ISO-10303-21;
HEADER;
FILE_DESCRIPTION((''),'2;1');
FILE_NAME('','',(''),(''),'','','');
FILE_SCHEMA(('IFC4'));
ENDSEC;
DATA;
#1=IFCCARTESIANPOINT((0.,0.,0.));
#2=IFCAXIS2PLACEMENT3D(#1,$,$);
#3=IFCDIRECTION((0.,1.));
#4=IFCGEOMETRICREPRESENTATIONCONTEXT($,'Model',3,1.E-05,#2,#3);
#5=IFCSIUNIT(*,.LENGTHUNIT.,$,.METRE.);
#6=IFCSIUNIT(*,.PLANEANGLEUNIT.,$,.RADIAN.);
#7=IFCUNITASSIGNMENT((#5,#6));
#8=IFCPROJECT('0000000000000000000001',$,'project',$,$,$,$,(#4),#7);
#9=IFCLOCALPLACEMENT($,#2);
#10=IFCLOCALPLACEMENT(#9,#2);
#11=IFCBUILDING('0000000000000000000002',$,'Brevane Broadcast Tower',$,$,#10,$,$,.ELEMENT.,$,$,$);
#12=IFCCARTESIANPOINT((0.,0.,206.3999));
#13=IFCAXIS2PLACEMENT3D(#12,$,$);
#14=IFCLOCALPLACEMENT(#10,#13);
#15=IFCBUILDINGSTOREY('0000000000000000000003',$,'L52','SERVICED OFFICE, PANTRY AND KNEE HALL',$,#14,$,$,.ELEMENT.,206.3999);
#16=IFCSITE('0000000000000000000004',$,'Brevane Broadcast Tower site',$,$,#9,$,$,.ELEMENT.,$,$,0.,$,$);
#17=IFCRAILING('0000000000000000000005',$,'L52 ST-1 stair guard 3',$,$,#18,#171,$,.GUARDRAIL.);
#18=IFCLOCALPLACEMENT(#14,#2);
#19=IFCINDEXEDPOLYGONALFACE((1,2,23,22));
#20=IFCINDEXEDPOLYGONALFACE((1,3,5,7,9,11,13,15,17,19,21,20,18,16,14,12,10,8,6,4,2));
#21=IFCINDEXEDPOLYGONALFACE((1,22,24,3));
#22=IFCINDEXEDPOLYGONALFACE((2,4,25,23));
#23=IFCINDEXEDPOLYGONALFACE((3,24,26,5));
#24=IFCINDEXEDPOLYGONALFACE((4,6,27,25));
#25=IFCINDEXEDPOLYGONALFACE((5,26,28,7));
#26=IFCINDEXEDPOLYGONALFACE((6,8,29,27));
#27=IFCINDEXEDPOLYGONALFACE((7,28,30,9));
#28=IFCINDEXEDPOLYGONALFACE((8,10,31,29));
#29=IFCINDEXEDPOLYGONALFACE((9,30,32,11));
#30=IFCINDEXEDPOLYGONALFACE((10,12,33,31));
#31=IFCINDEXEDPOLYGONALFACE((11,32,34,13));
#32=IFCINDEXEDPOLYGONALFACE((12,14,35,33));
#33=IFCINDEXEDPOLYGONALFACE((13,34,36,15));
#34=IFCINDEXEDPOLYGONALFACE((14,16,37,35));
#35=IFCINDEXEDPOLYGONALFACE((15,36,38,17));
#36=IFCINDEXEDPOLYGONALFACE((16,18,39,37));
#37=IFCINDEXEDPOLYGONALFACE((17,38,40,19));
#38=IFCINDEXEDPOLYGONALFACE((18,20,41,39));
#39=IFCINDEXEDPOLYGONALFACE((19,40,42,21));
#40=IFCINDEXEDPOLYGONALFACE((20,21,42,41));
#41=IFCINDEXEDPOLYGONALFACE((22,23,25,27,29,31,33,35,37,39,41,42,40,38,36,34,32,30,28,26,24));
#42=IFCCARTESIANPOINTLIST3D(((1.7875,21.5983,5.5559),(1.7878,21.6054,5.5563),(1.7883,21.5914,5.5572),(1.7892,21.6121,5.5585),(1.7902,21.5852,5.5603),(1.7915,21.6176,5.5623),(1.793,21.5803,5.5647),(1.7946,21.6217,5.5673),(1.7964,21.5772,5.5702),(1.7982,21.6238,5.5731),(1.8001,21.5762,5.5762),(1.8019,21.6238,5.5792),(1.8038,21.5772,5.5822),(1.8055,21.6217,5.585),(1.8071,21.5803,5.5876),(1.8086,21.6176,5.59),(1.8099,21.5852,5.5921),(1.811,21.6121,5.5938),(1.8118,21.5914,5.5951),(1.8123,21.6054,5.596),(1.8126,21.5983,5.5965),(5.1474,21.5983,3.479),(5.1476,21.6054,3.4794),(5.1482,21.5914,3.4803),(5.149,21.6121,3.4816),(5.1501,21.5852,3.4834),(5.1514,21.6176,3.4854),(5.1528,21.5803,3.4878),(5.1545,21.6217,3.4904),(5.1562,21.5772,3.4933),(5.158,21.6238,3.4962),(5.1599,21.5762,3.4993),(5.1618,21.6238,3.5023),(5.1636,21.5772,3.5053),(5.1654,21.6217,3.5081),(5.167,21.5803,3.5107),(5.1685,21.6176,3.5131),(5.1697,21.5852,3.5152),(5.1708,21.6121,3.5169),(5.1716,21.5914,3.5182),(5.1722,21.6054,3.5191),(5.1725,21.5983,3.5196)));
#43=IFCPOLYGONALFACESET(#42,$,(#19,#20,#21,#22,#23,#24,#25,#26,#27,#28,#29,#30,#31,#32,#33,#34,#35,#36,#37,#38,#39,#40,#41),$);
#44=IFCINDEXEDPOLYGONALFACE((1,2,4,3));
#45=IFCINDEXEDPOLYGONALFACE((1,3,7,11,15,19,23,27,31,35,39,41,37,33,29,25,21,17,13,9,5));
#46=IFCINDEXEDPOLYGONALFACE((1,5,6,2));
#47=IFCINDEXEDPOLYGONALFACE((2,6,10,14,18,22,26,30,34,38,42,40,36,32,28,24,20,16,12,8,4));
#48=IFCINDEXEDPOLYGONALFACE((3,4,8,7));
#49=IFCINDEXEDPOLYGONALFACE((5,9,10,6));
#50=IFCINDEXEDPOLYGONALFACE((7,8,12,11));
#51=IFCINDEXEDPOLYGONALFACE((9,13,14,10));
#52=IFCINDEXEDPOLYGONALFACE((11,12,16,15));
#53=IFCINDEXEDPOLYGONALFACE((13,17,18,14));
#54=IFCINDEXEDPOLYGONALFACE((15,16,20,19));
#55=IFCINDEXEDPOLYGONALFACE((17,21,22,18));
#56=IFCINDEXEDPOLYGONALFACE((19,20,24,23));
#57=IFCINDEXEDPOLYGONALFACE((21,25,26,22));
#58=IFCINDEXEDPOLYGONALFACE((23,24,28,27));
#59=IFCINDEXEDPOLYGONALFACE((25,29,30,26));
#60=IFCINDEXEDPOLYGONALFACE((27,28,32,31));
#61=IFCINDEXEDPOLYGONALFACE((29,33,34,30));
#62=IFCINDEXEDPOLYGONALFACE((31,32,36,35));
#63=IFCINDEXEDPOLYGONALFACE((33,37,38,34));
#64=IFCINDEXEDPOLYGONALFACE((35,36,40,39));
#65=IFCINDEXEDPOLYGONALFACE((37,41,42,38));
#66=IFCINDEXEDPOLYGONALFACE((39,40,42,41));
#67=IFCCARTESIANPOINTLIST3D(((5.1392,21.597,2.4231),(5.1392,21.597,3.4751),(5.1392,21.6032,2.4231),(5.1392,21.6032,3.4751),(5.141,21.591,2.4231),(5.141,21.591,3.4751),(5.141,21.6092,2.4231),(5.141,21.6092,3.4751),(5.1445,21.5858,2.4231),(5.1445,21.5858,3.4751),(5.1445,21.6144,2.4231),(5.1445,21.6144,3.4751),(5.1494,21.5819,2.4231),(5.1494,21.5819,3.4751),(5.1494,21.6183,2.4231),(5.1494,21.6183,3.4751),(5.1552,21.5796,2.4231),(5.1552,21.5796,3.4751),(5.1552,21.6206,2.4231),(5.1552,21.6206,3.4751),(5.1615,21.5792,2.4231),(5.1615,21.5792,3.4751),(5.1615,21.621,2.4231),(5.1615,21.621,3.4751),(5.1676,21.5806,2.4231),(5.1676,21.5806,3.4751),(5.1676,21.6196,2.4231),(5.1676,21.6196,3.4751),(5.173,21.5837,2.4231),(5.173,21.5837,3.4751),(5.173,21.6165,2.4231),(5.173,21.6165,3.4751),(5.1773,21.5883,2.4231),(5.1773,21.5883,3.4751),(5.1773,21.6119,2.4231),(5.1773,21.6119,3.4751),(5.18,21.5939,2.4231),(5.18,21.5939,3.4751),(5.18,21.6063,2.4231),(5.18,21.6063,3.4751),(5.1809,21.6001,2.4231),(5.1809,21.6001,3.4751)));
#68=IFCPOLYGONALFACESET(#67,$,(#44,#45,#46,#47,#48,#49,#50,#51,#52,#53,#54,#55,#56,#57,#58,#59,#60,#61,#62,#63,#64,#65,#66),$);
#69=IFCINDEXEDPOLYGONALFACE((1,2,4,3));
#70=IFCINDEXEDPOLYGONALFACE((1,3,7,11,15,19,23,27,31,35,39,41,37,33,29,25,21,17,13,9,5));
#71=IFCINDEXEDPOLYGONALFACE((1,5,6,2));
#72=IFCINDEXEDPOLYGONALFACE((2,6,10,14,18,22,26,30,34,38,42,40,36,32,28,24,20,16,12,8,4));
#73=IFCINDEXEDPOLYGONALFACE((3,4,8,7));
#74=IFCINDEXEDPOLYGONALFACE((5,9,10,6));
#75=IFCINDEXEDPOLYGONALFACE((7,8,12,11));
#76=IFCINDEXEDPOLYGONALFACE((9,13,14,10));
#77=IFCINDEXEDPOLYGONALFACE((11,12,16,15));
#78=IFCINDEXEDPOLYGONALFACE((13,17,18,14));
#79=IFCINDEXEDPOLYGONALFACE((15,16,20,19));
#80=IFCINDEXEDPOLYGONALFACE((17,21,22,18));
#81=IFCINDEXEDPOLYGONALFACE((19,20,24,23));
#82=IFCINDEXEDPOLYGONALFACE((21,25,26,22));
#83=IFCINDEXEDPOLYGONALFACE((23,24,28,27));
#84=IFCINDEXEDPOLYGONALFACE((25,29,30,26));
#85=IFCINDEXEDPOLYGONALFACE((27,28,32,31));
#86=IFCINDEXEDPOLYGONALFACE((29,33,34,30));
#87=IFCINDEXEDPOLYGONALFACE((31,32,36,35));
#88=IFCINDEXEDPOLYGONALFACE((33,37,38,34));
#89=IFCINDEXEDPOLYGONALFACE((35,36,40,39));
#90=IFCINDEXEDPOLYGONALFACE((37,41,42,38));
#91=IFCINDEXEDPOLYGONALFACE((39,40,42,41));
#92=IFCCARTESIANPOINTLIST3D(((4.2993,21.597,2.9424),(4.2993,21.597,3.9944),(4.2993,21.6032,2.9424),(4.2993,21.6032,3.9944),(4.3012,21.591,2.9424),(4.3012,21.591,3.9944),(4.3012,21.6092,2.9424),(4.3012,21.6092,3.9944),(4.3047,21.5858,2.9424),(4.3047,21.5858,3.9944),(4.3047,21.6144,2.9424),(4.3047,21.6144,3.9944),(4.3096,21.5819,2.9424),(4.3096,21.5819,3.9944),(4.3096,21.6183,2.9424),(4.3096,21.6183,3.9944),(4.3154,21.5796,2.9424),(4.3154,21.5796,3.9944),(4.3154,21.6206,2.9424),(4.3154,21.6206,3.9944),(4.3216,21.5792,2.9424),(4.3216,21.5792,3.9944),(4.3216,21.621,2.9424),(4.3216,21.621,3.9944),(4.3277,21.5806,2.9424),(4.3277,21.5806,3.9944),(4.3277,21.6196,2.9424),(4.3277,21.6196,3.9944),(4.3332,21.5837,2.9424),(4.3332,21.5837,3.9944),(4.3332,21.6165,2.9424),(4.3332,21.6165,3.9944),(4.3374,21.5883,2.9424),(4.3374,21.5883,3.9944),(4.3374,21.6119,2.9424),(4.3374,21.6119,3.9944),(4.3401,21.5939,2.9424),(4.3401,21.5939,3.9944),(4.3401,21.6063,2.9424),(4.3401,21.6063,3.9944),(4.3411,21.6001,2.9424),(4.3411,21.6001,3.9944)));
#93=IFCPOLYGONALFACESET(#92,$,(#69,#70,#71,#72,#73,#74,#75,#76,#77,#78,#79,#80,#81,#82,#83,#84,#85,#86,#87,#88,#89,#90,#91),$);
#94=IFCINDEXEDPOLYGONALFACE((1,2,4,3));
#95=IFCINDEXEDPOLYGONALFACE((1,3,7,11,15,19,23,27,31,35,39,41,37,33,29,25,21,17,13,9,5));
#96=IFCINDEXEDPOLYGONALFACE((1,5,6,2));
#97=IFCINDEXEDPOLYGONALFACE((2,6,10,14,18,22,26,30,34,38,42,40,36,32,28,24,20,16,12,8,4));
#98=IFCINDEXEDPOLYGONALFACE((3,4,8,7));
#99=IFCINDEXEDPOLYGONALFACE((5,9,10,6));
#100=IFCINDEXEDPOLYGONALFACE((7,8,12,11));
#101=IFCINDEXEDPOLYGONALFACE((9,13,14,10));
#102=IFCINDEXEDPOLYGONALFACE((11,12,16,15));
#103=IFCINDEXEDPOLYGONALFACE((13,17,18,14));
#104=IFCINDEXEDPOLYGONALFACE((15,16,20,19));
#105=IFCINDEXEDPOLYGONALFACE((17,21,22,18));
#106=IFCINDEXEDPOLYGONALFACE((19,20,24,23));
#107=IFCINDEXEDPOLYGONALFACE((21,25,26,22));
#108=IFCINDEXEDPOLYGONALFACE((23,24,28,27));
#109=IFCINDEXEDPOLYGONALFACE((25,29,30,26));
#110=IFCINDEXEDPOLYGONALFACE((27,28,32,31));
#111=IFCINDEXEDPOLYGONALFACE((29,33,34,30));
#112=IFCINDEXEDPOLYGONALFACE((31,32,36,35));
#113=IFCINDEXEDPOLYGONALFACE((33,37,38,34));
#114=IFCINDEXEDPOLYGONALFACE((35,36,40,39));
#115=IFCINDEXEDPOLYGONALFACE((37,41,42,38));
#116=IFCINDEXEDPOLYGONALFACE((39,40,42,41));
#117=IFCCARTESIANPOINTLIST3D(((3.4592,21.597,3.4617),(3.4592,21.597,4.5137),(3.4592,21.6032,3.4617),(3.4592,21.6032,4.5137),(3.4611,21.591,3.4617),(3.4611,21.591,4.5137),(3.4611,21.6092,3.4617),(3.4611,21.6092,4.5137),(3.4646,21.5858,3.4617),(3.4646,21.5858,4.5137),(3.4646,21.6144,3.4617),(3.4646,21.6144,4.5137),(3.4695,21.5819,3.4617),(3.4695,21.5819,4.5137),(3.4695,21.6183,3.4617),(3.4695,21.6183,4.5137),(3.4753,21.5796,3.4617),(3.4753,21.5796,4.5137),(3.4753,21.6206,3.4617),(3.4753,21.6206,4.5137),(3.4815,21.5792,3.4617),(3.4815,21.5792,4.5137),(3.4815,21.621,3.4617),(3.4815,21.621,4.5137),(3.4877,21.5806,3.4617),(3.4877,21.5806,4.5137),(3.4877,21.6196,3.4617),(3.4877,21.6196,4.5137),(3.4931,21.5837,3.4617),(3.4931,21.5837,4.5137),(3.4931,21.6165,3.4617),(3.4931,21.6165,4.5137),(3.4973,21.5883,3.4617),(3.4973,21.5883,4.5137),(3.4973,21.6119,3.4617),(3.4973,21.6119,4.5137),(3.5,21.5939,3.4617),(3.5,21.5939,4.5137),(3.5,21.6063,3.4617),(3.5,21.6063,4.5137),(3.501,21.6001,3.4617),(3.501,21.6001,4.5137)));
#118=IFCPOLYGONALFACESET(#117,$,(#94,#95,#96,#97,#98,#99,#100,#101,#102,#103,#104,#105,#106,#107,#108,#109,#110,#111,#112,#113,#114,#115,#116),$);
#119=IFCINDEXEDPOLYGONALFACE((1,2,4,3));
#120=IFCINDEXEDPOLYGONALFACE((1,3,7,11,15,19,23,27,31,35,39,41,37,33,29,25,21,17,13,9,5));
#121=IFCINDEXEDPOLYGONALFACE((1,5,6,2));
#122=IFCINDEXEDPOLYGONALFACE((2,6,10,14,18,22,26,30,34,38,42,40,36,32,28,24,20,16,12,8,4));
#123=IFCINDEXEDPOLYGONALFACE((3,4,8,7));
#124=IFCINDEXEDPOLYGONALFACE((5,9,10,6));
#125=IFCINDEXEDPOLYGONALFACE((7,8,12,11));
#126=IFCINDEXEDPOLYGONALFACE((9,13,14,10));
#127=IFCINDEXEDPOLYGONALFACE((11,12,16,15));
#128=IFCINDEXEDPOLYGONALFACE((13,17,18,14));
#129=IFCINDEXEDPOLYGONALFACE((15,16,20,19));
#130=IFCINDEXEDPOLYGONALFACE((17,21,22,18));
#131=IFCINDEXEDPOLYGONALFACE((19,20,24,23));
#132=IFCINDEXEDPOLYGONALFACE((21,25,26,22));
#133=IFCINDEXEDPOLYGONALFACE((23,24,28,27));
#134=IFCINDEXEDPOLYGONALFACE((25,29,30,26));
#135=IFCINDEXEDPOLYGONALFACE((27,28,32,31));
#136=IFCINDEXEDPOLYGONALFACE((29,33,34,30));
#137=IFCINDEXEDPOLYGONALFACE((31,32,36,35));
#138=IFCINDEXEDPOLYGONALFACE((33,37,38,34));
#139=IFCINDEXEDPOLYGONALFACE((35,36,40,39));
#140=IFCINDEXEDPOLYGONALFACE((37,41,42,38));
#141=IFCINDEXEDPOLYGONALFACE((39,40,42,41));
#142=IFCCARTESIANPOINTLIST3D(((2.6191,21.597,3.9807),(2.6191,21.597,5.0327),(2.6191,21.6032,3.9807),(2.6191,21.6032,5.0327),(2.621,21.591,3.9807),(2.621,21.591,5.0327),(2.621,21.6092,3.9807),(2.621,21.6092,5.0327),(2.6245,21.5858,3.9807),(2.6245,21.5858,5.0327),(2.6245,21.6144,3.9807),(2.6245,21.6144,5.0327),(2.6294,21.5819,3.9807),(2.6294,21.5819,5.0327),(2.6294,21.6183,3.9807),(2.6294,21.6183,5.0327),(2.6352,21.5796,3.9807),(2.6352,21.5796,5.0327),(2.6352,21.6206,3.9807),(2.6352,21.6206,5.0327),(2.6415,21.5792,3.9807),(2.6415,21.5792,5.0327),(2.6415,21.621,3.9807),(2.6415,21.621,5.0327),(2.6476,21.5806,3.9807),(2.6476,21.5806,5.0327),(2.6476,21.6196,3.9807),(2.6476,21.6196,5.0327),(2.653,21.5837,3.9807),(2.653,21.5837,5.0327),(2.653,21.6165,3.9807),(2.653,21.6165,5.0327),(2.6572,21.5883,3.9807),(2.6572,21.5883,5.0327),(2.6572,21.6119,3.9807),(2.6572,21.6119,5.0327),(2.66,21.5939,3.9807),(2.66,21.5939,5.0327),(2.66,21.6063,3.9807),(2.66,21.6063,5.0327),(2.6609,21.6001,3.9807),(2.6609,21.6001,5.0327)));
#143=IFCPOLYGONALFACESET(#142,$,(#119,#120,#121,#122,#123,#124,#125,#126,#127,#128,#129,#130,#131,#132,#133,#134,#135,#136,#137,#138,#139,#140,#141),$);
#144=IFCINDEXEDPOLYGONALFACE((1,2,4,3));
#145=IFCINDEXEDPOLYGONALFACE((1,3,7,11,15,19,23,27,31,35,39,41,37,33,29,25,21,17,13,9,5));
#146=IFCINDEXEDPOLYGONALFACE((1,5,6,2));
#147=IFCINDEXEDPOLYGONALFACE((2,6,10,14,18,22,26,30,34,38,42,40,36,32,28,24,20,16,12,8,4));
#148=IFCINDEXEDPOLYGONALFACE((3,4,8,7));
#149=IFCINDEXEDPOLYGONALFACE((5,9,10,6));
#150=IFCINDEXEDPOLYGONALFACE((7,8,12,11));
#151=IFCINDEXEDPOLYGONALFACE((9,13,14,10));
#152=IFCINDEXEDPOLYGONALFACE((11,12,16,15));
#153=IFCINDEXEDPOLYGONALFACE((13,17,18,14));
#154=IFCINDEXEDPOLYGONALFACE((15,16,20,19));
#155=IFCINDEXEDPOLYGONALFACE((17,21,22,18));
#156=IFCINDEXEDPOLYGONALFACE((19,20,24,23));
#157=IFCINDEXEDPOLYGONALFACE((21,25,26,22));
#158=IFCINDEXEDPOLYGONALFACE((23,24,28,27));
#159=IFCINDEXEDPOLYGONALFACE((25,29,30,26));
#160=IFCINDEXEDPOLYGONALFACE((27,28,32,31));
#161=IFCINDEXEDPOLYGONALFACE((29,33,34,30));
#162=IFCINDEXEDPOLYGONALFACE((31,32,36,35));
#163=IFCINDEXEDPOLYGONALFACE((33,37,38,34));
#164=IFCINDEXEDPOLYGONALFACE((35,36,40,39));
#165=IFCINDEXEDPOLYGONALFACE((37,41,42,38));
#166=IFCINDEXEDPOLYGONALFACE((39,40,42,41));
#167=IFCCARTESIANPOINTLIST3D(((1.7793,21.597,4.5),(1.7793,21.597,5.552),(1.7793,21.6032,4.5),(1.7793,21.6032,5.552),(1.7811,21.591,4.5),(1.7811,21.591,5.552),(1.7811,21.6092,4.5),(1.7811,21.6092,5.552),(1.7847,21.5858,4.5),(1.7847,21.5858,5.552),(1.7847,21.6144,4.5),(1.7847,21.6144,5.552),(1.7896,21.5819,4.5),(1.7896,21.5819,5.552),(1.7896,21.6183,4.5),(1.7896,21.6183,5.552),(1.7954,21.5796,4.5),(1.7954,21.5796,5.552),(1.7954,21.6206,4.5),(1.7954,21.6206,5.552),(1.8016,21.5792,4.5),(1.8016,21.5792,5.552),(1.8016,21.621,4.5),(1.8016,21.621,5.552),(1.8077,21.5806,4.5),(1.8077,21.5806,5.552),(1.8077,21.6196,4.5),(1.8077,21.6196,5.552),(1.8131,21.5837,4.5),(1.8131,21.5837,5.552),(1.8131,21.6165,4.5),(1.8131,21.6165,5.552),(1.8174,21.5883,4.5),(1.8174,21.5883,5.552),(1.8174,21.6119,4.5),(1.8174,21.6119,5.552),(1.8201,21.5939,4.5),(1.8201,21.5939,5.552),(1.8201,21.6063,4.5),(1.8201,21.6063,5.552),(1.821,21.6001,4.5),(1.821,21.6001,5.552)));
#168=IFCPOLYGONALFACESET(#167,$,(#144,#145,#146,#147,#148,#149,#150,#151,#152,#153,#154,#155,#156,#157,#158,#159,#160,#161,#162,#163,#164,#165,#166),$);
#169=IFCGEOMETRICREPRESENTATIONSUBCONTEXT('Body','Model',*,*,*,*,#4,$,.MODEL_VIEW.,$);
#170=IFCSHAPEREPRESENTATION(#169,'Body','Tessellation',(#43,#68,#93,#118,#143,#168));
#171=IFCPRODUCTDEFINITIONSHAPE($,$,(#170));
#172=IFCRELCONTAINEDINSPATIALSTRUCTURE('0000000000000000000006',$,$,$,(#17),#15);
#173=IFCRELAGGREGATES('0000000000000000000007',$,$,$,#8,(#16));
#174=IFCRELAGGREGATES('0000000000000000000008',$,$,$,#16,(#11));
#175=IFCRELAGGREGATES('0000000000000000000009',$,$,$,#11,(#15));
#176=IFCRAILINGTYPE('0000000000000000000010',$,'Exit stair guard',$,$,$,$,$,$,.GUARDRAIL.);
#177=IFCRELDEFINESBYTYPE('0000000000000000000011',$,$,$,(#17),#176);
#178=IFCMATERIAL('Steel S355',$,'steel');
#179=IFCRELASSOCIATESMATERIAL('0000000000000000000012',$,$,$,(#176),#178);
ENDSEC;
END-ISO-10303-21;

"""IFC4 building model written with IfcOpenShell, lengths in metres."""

from ifc_helpers import new_model, si_unit, direction, frame, origin, origin_2d, place, context, subcontext, project, spatial, circle, extrude, material, type_object, element, save


model = new_model("IFC4")

# Units and contexts
model_context = context("Model", 3, precision=1e-05, world=origin(), true_north=direction((0.0, 1.0)))
body_context = subcontext(model_context, "Body", "Model", "MODEL_VIEW")
ifc_project = project(units=[si_unit("LENGTHUNIT", "METRE"), si_unit("PLANEANGLEUNIT", "RADIAN")], contexts=[model_context])

# Site, building, storey
site_placement = place(None, origin())
site = spatial("IfcSite", under=ifc_project, at=site_placement, Name="Brevane Broadcast Tower site", CompositionType="ELEMENT", RefElevation=0.0)
building_placement = place(site_placement, origin())
building = spatial("IfcBuilding", under=site, at=building_placement, Name="Brevane Broadcast Tower", CompositionType="ELEMENT")
storey_placement = place(building_placement, frame((0.0, 0.0, 206.3999)))
storey = spatial("IfcBuildingStorey", under=building, at=storey_placement, Name="L52", Description="SERVICED OFFICE, PANTRY AND KNEE HALL", CompositionType="ELEMENT", Elevation=206.3999)

# Railing
ifc_material_1 = material(Name="Steel S355", Category="steel")
railing_type_1 = type_object("IfcRailingType", Name="Exit stair guard", PredefinedType="GUARDRAIL", material=ifc_material_1)
railing_1_placement = place(storey_placement, frame((5.1599, 21.6001, 2.4231)))
element("IfcRailing", 1, at=railing_1_placement, inside=storey, type_object=railing_type_1, Name="L52 ST-1 stair guard 3", PredefinedType="GUARDRAIL", context=body_context, shape_type="SweptSolid", body=[
    extrude(circle(Radius=0.0239, at=origin_2d()), frame((0.0, 0.0, 1.0762), z_axis=(-0.850606, 0.0, 0.525803), x_axis=(0.0, -1.0, 0.0)), (0.0, 0.0, 1.0), 3.95),
    extrude(circle(Radius=0.021, at=origin_2d()), origin(), (0.0, 0.0, 1.0), 1.052),
    extrude(circle(Radius=0.021, at=origin_2d()), frame((-0.8398, 0.0, 0.5193)), (0.0, 0.0, 1.0), 1.052),
    extrude(circle(Radius=0.021, at=origin_2d()), frame((-1.6799, 0.0, 1.0386)), (0.0, 0.0, 1.0), 1.052),
    extrude(circle(Radius=0.021, at=origin_2d()), frame((-2.52, 0.0, 1.5576)), (0.0, 0.0, 1.0), 1.052),
    extrude(circle(Radius=0.021, at=origin_2d()), frame((-3.3599, 0.0, 2.0769)), (0.0, 0.0, 1.0), 1.052),
])

save(model, "model.ifc")
